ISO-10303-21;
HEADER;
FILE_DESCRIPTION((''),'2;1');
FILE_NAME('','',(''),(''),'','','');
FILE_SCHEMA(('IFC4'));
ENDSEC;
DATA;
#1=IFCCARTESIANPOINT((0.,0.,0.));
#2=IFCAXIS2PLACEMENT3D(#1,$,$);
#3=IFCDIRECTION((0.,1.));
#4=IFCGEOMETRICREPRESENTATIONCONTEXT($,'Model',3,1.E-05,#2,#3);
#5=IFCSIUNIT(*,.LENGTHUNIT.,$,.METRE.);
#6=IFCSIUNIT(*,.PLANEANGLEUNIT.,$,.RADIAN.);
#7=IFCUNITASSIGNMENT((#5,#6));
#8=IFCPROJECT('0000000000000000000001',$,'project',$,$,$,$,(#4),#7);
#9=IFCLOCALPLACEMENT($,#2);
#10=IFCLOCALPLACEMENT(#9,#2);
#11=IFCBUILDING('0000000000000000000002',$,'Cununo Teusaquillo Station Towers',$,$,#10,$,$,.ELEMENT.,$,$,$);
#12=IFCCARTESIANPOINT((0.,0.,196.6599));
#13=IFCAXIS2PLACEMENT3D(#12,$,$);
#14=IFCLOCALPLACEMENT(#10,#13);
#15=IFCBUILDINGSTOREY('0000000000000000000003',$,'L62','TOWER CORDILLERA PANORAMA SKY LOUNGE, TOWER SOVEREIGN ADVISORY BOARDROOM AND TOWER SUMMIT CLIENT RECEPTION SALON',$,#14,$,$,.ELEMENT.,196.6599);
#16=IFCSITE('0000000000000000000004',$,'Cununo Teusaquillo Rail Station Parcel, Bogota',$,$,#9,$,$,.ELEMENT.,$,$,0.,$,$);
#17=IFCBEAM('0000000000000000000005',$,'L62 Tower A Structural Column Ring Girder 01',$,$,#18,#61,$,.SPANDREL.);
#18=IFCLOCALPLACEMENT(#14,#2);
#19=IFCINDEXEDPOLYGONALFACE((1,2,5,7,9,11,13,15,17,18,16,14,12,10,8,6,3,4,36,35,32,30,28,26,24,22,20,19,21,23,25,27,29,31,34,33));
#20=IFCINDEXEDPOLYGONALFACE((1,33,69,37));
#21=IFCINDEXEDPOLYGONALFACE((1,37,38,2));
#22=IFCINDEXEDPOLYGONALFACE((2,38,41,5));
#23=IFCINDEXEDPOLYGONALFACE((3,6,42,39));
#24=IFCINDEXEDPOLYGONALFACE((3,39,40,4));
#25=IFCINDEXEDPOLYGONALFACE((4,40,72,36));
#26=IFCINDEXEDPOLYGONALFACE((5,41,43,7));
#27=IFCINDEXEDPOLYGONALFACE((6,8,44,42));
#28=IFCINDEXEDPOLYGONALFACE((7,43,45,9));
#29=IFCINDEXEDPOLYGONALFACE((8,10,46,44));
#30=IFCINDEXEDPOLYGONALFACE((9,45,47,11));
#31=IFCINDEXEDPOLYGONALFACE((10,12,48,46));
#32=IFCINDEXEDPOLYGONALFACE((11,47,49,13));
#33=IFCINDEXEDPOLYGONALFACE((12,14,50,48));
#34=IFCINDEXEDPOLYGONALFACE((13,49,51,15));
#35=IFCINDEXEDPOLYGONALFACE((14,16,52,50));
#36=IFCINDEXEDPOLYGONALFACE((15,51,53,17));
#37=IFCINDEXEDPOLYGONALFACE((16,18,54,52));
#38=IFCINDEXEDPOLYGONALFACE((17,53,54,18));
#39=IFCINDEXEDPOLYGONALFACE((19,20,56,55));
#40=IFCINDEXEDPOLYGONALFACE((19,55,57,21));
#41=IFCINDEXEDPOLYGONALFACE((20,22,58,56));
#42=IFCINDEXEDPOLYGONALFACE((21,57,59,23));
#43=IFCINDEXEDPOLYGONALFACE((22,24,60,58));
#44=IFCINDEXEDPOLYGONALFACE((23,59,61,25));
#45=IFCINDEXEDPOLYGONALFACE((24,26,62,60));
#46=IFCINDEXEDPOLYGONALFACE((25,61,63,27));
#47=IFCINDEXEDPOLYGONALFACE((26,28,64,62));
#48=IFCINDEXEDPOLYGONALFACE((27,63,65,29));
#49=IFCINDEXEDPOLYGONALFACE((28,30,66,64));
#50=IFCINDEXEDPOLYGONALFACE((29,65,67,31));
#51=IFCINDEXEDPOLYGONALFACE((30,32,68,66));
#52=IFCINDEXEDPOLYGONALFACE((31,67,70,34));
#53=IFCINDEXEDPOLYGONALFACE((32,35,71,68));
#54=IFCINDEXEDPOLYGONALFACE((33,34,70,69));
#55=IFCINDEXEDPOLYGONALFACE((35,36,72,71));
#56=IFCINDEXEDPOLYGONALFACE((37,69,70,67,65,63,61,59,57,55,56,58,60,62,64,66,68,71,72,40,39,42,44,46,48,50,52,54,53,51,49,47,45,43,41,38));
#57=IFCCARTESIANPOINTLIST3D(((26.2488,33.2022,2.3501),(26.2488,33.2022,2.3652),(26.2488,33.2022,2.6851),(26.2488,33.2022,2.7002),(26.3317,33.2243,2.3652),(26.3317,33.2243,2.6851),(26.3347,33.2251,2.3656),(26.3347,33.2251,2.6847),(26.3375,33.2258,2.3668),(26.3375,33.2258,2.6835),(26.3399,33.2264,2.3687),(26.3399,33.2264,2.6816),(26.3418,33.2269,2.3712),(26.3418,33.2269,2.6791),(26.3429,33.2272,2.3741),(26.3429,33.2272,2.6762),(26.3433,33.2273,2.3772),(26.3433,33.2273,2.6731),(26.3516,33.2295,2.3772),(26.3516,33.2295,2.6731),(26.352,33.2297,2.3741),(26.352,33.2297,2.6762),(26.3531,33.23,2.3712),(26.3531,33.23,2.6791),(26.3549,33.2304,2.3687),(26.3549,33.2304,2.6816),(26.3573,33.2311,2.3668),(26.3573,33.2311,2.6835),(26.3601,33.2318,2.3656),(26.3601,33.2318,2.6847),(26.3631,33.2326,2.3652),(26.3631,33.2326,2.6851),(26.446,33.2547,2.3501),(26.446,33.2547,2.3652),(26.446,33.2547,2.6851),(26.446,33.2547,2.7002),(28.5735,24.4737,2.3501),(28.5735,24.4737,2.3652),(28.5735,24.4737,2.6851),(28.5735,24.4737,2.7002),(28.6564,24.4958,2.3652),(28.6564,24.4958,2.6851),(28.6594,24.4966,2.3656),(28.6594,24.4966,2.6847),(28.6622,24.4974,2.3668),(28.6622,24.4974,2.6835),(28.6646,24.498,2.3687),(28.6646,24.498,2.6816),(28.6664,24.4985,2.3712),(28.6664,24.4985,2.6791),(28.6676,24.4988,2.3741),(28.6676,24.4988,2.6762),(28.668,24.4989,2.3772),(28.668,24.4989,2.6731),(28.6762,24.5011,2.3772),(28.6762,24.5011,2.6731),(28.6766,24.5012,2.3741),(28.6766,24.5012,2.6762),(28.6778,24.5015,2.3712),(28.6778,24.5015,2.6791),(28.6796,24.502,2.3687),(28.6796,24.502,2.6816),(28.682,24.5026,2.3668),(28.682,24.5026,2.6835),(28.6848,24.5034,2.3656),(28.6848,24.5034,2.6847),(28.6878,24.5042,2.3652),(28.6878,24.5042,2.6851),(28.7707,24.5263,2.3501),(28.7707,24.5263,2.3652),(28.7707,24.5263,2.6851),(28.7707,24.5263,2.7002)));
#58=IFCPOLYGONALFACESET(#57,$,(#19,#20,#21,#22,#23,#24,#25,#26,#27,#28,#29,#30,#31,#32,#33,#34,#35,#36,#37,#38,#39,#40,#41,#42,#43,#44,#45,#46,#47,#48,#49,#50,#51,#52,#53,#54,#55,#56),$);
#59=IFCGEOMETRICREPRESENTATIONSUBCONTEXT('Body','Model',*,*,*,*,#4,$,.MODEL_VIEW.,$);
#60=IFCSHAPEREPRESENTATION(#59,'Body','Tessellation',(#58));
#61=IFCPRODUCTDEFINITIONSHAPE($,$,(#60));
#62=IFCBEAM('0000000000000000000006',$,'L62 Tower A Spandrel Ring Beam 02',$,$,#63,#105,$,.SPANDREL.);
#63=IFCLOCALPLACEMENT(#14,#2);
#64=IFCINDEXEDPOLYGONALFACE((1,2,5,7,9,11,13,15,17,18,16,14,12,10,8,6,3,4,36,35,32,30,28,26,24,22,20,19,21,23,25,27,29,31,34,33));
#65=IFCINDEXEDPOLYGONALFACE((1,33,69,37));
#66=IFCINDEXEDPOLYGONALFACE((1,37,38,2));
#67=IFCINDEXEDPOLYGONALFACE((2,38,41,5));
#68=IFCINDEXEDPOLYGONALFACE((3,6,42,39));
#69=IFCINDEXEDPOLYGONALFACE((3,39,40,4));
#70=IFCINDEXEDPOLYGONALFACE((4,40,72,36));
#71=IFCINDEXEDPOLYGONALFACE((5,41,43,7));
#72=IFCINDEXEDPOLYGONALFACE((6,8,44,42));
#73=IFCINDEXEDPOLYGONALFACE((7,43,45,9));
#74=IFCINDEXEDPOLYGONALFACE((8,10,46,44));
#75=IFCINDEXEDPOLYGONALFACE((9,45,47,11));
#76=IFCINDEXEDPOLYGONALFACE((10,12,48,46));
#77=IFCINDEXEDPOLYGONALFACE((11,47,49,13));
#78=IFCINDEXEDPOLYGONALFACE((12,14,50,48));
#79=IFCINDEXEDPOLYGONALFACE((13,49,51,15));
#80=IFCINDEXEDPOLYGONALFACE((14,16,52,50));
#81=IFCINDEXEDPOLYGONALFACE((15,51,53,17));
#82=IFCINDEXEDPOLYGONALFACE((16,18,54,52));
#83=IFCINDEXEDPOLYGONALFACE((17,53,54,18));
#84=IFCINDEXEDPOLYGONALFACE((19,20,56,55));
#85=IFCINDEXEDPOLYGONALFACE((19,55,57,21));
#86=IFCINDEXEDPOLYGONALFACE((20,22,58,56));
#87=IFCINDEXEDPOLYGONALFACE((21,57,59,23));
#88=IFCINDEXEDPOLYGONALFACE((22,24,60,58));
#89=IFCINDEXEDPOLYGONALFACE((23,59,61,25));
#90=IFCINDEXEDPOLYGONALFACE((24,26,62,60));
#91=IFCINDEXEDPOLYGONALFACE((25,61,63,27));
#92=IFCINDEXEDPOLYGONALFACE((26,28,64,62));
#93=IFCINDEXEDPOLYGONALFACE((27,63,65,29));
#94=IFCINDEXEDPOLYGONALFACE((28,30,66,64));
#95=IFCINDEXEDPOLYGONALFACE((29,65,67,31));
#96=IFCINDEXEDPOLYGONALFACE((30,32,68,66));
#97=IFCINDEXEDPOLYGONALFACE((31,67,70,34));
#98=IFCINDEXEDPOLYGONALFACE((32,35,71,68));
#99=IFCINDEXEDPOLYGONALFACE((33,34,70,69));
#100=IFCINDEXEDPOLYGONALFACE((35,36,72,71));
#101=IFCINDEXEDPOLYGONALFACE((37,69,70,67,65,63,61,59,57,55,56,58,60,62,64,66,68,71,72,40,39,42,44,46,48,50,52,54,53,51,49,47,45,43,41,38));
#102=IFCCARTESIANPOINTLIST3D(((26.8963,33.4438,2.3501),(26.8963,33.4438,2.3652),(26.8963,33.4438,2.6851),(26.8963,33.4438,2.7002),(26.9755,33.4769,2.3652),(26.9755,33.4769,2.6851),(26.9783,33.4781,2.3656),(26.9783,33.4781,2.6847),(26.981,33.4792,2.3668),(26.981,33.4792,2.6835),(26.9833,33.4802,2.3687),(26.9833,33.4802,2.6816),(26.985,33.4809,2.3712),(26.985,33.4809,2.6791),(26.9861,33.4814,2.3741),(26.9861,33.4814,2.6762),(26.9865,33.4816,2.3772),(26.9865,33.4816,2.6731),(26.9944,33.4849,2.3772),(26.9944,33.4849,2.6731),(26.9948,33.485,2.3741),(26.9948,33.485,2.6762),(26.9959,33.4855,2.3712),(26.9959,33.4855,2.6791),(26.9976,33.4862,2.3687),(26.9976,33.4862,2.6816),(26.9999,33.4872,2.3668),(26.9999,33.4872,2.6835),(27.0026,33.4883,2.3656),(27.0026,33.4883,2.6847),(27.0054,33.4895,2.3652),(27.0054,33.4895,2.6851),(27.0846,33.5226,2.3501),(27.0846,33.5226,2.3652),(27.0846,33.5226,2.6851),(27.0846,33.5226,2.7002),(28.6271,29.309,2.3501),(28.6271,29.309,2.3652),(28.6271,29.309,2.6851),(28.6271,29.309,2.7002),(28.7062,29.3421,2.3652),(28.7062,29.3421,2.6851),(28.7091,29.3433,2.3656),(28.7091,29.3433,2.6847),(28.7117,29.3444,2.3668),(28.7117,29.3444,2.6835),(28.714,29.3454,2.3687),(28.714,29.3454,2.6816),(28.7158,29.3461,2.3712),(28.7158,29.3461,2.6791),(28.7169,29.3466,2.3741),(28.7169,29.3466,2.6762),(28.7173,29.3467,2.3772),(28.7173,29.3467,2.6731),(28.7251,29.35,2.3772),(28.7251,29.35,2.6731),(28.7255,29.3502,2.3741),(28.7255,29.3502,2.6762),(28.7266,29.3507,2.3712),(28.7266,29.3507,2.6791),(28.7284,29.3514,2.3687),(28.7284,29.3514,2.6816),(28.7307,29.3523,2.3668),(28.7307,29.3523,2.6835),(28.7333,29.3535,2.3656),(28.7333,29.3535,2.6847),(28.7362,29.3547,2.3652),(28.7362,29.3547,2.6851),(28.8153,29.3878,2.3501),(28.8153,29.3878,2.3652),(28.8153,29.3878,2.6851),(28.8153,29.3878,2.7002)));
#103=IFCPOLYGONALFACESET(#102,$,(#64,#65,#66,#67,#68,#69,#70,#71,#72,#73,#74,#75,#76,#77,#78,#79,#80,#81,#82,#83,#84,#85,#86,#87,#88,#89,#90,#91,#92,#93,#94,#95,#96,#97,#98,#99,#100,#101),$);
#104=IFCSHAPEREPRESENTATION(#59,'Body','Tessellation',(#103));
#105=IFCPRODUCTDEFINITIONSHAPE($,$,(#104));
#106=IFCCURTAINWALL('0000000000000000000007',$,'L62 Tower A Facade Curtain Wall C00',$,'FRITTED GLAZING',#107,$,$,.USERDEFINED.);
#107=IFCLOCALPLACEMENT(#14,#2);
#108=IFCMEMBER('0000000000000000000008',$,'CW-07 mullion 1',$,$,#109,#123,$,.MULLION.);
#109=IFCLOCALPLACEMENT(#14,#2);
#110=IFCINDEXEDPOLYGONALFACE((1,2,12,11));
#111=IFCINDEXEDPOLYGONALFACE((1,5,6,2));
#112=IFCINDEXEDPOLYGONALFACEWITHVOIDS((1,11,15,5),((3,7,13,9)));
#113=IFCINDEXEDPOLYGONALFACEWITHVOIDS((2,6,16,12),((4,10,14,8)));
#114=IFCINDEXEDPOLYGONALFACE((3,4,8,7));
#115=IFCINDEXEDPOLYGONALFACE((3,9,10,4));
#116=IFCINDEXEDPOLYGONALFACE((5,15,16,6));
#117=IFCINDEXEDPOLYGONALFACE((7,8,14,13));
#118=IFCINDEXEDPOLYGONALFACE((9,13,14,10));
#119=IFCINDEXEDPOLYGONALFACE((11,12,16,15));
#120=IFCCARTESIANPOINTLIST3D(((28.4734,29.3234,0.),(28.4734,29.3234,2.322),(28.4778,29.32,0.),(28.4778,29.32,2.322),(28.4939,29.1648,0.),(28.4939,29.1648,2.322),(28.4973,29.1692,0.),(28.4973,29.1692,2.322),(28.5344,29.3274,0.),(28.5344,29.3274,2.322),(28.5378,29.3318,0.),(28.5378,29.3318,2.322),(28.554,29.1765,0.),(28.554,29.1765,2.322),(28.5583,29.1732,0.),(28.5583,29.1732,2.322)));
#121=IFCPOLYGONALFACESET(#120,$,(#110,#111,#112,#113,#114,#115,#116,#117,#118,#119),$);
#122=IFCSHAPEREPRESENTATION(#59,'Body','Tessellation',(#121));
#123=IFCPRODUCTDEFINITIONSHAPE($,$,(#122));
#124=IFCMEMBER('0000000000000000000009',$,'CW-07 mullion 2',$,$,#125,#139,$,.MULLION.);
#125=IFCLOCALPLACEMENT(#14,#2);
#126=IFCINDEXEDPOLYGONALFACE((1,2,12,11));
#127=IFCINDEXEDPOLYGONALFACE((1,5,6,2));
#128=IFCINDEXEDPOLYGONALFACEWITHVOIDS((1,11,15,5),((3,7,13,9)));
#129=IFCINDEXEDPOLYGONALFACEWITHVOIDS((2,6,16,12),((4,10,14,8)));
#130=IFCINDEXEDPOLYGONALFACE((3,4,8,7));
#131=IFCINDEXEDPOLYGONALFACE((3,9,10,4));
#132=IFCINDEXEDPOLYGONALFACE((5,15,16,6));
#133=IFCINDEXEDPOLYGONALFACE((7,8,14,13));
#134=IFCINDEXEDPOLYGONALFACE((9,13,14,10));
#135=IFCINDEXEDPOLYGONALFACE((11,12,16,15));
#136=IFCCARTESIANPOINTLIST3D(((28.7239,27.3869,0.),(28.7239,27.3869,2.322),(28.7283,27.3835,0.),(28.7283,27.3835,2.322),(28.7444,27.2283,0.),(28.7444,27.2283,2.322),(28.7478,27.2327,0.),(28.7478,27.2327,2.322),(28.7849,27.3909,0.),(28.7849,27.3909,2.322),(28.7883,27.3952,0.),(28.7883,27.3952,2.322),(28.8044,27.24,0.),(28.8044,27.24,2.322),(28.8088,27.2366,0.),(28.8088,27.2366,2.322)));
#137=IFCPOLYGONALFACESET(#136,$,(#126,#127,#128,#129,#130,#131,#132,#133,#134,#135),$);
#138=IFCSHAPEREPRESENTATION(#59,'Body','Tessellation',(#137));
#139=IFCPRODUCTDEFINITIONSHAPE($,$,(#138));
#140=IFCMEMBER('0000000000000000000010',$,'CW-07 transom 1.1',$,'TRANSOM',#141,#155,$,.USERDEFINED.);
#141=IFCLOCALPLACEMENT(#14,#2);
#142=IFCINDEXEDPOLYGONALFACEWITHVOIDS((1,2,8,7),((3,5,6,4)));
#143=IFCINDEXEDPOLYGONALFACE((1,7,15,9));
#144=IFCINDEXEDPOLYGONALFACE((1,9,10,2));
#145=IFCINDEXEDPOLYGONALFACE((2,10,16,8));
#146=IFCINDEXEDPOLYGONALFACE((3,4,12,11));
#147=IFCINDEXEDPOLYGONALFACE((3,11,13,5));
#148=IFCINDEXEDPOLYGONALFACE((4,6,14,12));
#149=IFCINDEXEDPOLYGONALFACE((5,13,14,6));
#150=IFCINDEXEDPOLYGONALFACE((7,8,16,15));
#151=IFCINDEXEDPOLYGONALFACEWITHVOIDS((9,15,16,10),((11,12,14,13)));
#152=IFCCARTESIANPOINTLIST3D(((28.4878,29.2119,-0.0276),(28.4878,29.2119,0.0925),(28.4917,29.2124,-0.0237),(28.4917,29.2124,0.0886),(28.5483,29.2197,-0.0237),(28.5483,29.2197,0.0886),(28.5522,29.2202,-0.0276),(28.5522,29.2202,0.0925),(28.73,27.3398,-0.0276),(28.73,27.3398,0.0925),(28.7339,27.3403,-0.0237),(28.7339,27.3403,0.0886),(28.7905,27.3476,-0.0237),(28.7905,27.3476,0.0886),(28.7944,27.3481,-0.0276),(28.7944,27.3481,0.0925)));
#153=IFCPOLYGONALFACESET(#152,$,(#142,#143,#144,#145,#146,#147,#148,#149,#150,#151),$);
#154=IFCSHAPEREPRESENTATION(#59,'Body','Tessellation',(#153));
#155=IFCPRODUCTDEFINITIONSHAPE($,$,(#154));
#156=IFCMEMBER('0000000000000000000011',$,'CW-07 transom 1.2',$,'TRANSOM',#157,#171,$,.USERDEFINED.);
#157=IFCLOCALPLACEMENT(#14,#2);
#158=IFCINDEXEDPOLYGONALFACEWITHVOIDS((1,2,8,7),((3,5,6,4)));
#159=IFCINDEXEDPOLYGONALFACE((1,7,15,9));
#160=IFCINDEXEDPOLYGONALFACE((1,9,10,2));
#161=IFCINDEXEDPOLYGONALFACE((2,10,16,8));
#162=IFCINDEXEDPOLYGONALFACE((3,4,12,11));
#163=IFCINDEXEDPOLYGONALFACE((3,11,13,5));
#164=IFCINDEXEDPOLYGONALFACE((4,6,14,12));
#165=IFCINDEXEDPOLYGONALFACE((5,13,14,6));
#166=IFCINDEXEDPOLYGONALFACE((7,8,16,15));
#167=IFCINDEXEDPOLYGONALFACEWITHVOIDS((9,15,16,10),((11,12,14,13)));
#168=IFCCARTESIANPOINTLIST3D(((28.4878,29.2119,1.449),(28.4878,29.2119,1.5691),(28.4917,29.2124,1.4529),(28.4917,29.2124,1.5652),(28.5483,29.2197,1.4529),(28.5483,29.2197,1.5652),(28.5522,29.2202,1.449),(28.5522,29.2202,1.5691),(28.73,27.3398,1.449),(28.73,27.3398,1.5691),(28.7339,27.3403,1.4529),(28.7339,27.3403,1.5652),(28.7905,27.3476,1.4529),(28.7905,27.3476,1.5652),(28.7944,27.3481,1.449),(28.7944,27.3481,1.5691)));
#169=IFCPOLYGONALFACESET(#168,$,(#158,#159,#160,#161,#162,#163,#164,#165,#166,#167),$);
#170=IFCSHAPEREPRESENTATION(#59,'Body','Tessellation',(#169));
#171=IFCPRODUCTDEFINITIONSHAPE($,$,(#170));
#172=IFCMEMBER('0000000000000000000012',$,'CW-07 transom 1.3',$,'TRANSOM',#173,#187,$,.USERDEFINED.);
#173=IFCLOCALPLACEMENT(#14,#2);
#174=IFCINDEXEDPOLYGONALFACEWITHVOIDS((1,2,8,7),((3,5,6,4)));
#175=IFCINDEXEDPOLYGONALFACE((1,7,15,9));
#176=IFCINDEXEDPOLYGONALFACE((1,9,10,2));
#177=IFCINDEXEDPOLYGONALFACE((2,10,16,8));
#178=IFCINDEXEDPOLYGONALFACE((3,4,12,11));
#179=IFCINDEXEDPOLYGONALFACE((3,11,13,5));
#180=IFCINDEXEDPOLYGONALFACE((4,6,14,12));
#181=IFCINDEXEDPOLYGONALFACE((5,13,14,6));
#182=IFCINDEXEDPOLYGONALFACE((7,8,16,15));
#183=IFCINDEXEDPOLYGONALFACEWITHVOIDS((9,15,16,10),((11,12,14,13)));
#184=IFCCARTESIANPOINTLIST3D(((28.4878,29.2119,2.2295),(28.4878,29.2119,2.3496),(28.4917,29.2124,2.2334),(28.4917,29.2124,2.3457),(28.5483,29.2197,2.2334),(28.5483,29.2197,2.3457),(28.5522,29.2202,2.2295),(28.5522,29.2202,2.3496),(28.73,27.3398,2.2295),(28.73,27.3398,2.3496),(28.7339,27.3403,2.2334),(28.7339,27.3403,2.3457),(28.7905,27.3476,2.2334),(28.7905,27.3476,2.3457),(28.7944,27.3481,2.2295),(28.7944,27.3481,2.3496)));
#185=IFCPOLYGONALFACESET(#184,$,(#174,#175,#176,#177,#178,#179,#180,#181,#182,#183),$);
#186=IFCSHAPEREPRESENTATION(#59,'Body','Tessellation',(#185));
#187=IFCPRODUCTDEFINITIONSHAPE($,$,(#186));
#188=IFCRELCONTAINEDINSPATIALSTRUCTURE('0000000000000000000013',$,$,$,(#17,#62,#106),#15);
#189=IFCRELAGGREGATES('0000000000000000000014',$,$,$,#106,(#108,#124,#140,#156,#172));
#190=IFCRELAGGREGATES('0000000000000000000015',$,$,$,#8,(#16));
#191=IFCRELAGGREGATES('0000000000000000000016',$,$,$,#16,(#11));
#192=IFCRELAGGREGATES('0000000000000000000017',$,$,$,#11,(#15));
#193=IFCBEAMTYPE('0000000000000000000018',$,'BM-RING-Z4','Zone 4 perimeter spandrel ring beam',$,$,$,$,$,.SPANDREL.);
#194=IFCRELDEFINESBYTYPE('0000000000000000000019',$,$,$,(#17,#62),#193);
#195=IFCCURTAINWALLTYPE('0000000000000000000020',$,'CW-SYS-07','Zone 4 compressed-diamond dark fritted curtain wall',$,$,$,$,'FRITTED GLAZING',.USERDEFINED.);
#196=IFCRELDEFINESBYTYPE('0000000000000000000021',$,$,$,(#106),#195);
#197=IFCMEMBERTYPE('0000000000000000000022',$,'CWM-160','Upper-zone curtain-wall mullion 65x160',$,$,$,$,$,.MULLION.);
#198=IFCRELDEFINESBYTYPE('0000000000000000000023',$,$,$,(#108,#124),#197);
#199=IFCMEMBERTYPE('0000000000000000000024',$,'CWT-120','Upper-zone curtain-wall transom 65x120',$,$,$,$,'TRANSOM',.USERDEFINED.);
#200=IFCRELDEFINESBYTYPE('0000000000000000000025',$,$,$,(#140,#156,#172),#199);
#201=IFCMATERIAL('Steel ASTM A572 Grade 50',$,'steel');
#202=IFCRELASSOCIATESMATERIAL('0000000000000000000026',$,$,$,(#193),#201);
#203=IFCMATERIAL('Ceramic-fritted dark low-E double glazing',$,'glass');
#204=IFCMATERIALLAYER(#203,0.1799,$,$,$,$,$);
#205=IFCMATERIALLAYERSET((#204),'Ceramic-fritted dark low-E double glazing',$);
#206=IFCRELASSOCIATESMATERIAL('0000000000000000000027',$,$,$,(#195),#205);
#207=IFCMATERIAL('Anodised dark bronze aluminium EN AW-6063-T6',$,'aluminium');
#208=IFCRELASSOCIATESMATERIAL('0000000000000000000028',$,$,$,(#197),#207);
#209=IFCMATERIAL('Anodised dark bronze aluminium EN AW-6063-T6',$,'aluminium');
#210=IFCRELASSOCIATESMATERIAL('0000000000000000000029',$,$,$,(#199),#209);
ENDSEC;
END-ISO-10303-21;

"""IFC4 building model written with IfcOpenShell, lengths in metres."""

from ifc_helpers import new_model, si_unit, direction, frame, origin, origin_2d, place, context, subcontext, project, spatial, hollow_rectangle, i_section, extrude, material, layer, layer_set, material_profile, profile_set, type_object, element, aggregate, save


model = new_model("IFC4")

# Units and contexts
model_context = context("Model", 3, precision=1e-05, world=origin(), true_north=direction((0.0, 1.0)))
body_context = subcontext(model_context, "Body", "Model", "MODEL_VIEW")
ifc_project = project(units=[si_unit("LENGTHUNIT", "METRE"), si_unit("PLANEANGLEUNIT", "RADIAN")], contexts=[model_context])

# Site, building, storey
site_placement = place(None, origin())
site = spatial("IfcSite", under=ifc_project, at=site_placement, Name="Cununo Teusaquillo Rail Station Parcel, Bogota", CompositionType="ELEMENT", RefElevation=0.0)
building_placement = place(site_placement, origin())
building = spatial("IfcBuilding", under=site, at=building_placement, Name="Cununo Teusaquillo Station Towers", CompositionType="ELEMENT")
storey_placement = place(building_placement, frame((0.0, 0.0, 196.6599)))
storey = spatial("IfcBuildingStorey", under=building, at=storey_placement, Name="L62", Description="TOWER CORDILLERA PANORAMA SKY LOUNGE, TOWER SOVEREIGN ADVISORY BOARDROOM AND TOWER SUMMIT CLIENT RECEPTION SALON", CompositionType="ELEMENT", Elevation=196.6599)

# Beams
ifc_material_1 = material(Name="Steel ASTM A572 Grade 50", Category="steel")
ifc_material_profile_1 = material_profile(ifc_material_1, i_section(OverallWidth=0.2041, OverallDepth=0.3501, WebThickness=0.0085, FlangeThickness=0.0151, FilletRadius=0.012, at=origin_2d()), Name="W14X48")
ifc_profile_set_1 = profile_set([ifc_material_profile_1], Name="Steel ASTM A572 Grade 50")
beam_type_1 = type_object("IfcBeamType", Name="BM-RING-Z4", Description="Zone 4 perimeter spandrel ring beam", PredefinedType="SPANDREL", material=ifc_profile_set_1)
beam_1_placement = place(storey_placement, frame((28.6721, 24.5, 2.5251), z_axis=(-0.257363, 0.966315, 0.0), x_axis=(-0.966315, -0.257363, 0.0)))
element("IfcBeam", 1, at=beam_1_placement, inside=storey, type_object=beam_type_1, Name="L62 Tower A Structural Column Ring Girder 01", PredefinedType="SPANDREL", context=body_context, shape_type="SweptSolid", body=[
    extrude(i_section(OverallWidth=0.2041, OverallDepth=0.3501, WebThickness=0.0085, FlangeThickness=0.0151, FilletRadius=0.012, at=origin_2d()), origin(), (0.0, 0.0, 1.0), 9.0327),
])
beam_2_placement = place(storey_placement, frame((28.7212, 29.3484, 2.5251), z_axis=(-0.386115, 0.92245, 0.0), x_axis=(-0.92245, -0.386115, 0.0)))
element("IfcBeam", 2, at=beam_2_placement, inside=storey, type_object=beam_type_1, Name="L62 Tower A Spandrel Ring Beam 02", PredefinedType="SPANDREL", context=body_context, shape_type="SweptSolid", body=[
    extrude(i_section(OverallWidth=0.2041, OverallDepth=0.3501, WebThickness=0.0085, FlangeThickness=0.0151, FilletRadius=0.012, at=origin_2d()), origin(), (0.0, 0.0, 1.0), 4.4824),
])

# Curtain wall, members
ifc_material_2 = material(Name="Ceramic-fritted dark low-E double glazing", Category="glass")
ifc_layer_1 = layer(ifc_material_2, 0.1799)
ifc_layer_set_1 = layer_set([ifc_layer_1], Name="Ceramic-fritted dark low-E double glazing")
curtain_wall_type = type_object("IfcCurtainWallType", Name="CW-SYS-07", Description="Zone 4 compressed-diamond dark fritted curtain wall", ElementType="FRITTED GLAZING", PredefinedType="USERDEFINED", material=ifc_layer_set_1)
curtain_wall_placement = place(storey_placement, origin())
curtain_wall = element("IfcCurtainWall", 3, at=curtain_wall_placement, inside=storey, type_object=curtain_wall_type, Name="L62 Tower A Facade Curtain Wall C00", ObjectType="FRITTED GLAZING", PredefinedType="USERDEFINED")
ifc_material_3 = material(Name="Anodised dark bronze aluminium EN AW-6063-T6", Category="aluminium")
ifc_material_profile_2 = material_profile(ifc_material_3, hollow_rectangle(XDim=0.0649, YDim=0.1599, WallThickness=0.0039, at=origin_2d()), Name="CW-MULL-65x160")
ifc_profile_set_2 = profile_set([ifc_material_profile_2], Name="Anodised dark bronze aluminium EN AW-6063-T6")
member_type_1 = type_object("IfcMemberType", Name="CWM-160", Description="Upper-zone curtain-wall mullion 65x160", PredefinedType="MULLION", material=ifc_profile_set_2)
member_1_placement = place(storey_placement, frame((28.5159, 29.2483, 0.0), z_axis=(0.0, 0.0, 1.0), x_axis=(0.991742, 0.128253, 0.0)))
member_1 = element("IfcMember", 4, at=member_1_placement, type_object=member_type_1, Name="CW-07 mullion 1", PredefinedType="MULLION", context=body_context, shape_type="SweptSolid", body=[
    extrude(hollow_rectangle(XDim=0.0649, YDim=0.1599, WallThickness=0.0039, at=origin_2d()), origin(), (0.0, 0.0, 1.0), 2.322),
])
member_2_placement = place(storey_placement, frame((28.7664, 27.3118, 0.0), z_axis=(0.0, 0.0, 1.0), x_axis=(0.991742, 0.128253, 0.0)))
member_2 = element("IfcMember", 5, at=member_2_placement, type_object=member_type_1, Name="CW-07 mullion 2", PredefinedType="MULLION", context=body_context, shape_type="SweptSolid", body=[
    extrude(hollow_rectangle(XDim=0.0649, YDim=0.1599, WallThickness=0.0039, at=origin_2d()), origin(), (0.0, 0.0, 1.0), 2.322),
])
ifc_material_4 = material(Name="Anodised dark bronze aluminium EN AW-6063-T6", Category="aluminium")
ifc_material_profile_3 = material_profile(ifc_material_4, hollow_rectangle(XDim=0.0649, YDim=0.1201, WallThickness=0.0039, at=origin_2d()), Name="CW-TRAN-65x120")
ifc_profile_set_3 = profile_set([ifc_material_profile_3], Name="Anodised dark bronze aluminium EN AW-6063-T6")
member_type_2 = type_object("IfcMemberType", Name="CWT-120", Description="Upper-zone curtain-wall transom 65x120", ElementType="TRANSOM", PredefinedType="USERDEFINED", material=ifc_profile_set_3)
member_3_placement = place(storey_placement, frame((28.52, 29.2161, 0.0325), z_axis=(0.1283, -0.991735, 0.0), x_axis=(0.991735, 0.1283, 0.0)))
member_3 = element("IfcMember", 6, at=member_3_placement, type_object=member_type_2, Name="CW-07 transom 1.1", ObjectType="TRANSOM", PredefinedType="USERDEFINED", context=body_context, shape_type="SweptSolid", body=[
    extrude(hollow_rectangle(XDim=0.0649, YDim=0.1201, WallThickness=0.0039, at=origin_2d()), origin(), (0.0, 0.0, 1.0), 1.8877),
])
member_4_placement = place(storey_placement, frame((28.52, 29.2161, 1.509), z_axis=(0.1283, -0.991735, 0.0), x_axis=(0.991735, 0.1283, 0.0)))
member_4 = element("IfcMember", 7, at=member_4_placement, type_object=member_type_2, Name="CW-07 transom 1.2", ObjectType="TRANSOM", PredefinedType="USERDEFINED", context=body_context, shape_type="SweptSolid", body=[
    extrude(hollow_rectangle(XDim=0.0649, YDim=0.1201, WallThickness=0.0039, at=origin_2d()), origin(), (0.0, 0.0, 1.0), 1.8877),
])
member_5_placement = place(storey_placement, frame((28.52, 29.2161, 2.2896), z_axis=(0.1283, -0.991735, 0.0), x_axis=(0.991735, 0.1283, 0.0)))
member_5 = element("IfcMember", 8, at=member_5_placement, type_object=member_type_2, Name="CW-07 transom 1.3", ObjectType="TRANSOM", PredefinedType="USERDEFINED", context=body_context, shape_type="SweptSolid", body=[
    extrude(hollow_rectangle(XDim=0.0649, YDim=0.1201, WallThickness=0.0039, at=origin_2d()), origin(), (0.0, 0.0, 1.0), 1.8877),
])
aggregate(curtain_wall, [member_1, member_2, member_3, member_4, member_5])

save(model, "model.ifc")
